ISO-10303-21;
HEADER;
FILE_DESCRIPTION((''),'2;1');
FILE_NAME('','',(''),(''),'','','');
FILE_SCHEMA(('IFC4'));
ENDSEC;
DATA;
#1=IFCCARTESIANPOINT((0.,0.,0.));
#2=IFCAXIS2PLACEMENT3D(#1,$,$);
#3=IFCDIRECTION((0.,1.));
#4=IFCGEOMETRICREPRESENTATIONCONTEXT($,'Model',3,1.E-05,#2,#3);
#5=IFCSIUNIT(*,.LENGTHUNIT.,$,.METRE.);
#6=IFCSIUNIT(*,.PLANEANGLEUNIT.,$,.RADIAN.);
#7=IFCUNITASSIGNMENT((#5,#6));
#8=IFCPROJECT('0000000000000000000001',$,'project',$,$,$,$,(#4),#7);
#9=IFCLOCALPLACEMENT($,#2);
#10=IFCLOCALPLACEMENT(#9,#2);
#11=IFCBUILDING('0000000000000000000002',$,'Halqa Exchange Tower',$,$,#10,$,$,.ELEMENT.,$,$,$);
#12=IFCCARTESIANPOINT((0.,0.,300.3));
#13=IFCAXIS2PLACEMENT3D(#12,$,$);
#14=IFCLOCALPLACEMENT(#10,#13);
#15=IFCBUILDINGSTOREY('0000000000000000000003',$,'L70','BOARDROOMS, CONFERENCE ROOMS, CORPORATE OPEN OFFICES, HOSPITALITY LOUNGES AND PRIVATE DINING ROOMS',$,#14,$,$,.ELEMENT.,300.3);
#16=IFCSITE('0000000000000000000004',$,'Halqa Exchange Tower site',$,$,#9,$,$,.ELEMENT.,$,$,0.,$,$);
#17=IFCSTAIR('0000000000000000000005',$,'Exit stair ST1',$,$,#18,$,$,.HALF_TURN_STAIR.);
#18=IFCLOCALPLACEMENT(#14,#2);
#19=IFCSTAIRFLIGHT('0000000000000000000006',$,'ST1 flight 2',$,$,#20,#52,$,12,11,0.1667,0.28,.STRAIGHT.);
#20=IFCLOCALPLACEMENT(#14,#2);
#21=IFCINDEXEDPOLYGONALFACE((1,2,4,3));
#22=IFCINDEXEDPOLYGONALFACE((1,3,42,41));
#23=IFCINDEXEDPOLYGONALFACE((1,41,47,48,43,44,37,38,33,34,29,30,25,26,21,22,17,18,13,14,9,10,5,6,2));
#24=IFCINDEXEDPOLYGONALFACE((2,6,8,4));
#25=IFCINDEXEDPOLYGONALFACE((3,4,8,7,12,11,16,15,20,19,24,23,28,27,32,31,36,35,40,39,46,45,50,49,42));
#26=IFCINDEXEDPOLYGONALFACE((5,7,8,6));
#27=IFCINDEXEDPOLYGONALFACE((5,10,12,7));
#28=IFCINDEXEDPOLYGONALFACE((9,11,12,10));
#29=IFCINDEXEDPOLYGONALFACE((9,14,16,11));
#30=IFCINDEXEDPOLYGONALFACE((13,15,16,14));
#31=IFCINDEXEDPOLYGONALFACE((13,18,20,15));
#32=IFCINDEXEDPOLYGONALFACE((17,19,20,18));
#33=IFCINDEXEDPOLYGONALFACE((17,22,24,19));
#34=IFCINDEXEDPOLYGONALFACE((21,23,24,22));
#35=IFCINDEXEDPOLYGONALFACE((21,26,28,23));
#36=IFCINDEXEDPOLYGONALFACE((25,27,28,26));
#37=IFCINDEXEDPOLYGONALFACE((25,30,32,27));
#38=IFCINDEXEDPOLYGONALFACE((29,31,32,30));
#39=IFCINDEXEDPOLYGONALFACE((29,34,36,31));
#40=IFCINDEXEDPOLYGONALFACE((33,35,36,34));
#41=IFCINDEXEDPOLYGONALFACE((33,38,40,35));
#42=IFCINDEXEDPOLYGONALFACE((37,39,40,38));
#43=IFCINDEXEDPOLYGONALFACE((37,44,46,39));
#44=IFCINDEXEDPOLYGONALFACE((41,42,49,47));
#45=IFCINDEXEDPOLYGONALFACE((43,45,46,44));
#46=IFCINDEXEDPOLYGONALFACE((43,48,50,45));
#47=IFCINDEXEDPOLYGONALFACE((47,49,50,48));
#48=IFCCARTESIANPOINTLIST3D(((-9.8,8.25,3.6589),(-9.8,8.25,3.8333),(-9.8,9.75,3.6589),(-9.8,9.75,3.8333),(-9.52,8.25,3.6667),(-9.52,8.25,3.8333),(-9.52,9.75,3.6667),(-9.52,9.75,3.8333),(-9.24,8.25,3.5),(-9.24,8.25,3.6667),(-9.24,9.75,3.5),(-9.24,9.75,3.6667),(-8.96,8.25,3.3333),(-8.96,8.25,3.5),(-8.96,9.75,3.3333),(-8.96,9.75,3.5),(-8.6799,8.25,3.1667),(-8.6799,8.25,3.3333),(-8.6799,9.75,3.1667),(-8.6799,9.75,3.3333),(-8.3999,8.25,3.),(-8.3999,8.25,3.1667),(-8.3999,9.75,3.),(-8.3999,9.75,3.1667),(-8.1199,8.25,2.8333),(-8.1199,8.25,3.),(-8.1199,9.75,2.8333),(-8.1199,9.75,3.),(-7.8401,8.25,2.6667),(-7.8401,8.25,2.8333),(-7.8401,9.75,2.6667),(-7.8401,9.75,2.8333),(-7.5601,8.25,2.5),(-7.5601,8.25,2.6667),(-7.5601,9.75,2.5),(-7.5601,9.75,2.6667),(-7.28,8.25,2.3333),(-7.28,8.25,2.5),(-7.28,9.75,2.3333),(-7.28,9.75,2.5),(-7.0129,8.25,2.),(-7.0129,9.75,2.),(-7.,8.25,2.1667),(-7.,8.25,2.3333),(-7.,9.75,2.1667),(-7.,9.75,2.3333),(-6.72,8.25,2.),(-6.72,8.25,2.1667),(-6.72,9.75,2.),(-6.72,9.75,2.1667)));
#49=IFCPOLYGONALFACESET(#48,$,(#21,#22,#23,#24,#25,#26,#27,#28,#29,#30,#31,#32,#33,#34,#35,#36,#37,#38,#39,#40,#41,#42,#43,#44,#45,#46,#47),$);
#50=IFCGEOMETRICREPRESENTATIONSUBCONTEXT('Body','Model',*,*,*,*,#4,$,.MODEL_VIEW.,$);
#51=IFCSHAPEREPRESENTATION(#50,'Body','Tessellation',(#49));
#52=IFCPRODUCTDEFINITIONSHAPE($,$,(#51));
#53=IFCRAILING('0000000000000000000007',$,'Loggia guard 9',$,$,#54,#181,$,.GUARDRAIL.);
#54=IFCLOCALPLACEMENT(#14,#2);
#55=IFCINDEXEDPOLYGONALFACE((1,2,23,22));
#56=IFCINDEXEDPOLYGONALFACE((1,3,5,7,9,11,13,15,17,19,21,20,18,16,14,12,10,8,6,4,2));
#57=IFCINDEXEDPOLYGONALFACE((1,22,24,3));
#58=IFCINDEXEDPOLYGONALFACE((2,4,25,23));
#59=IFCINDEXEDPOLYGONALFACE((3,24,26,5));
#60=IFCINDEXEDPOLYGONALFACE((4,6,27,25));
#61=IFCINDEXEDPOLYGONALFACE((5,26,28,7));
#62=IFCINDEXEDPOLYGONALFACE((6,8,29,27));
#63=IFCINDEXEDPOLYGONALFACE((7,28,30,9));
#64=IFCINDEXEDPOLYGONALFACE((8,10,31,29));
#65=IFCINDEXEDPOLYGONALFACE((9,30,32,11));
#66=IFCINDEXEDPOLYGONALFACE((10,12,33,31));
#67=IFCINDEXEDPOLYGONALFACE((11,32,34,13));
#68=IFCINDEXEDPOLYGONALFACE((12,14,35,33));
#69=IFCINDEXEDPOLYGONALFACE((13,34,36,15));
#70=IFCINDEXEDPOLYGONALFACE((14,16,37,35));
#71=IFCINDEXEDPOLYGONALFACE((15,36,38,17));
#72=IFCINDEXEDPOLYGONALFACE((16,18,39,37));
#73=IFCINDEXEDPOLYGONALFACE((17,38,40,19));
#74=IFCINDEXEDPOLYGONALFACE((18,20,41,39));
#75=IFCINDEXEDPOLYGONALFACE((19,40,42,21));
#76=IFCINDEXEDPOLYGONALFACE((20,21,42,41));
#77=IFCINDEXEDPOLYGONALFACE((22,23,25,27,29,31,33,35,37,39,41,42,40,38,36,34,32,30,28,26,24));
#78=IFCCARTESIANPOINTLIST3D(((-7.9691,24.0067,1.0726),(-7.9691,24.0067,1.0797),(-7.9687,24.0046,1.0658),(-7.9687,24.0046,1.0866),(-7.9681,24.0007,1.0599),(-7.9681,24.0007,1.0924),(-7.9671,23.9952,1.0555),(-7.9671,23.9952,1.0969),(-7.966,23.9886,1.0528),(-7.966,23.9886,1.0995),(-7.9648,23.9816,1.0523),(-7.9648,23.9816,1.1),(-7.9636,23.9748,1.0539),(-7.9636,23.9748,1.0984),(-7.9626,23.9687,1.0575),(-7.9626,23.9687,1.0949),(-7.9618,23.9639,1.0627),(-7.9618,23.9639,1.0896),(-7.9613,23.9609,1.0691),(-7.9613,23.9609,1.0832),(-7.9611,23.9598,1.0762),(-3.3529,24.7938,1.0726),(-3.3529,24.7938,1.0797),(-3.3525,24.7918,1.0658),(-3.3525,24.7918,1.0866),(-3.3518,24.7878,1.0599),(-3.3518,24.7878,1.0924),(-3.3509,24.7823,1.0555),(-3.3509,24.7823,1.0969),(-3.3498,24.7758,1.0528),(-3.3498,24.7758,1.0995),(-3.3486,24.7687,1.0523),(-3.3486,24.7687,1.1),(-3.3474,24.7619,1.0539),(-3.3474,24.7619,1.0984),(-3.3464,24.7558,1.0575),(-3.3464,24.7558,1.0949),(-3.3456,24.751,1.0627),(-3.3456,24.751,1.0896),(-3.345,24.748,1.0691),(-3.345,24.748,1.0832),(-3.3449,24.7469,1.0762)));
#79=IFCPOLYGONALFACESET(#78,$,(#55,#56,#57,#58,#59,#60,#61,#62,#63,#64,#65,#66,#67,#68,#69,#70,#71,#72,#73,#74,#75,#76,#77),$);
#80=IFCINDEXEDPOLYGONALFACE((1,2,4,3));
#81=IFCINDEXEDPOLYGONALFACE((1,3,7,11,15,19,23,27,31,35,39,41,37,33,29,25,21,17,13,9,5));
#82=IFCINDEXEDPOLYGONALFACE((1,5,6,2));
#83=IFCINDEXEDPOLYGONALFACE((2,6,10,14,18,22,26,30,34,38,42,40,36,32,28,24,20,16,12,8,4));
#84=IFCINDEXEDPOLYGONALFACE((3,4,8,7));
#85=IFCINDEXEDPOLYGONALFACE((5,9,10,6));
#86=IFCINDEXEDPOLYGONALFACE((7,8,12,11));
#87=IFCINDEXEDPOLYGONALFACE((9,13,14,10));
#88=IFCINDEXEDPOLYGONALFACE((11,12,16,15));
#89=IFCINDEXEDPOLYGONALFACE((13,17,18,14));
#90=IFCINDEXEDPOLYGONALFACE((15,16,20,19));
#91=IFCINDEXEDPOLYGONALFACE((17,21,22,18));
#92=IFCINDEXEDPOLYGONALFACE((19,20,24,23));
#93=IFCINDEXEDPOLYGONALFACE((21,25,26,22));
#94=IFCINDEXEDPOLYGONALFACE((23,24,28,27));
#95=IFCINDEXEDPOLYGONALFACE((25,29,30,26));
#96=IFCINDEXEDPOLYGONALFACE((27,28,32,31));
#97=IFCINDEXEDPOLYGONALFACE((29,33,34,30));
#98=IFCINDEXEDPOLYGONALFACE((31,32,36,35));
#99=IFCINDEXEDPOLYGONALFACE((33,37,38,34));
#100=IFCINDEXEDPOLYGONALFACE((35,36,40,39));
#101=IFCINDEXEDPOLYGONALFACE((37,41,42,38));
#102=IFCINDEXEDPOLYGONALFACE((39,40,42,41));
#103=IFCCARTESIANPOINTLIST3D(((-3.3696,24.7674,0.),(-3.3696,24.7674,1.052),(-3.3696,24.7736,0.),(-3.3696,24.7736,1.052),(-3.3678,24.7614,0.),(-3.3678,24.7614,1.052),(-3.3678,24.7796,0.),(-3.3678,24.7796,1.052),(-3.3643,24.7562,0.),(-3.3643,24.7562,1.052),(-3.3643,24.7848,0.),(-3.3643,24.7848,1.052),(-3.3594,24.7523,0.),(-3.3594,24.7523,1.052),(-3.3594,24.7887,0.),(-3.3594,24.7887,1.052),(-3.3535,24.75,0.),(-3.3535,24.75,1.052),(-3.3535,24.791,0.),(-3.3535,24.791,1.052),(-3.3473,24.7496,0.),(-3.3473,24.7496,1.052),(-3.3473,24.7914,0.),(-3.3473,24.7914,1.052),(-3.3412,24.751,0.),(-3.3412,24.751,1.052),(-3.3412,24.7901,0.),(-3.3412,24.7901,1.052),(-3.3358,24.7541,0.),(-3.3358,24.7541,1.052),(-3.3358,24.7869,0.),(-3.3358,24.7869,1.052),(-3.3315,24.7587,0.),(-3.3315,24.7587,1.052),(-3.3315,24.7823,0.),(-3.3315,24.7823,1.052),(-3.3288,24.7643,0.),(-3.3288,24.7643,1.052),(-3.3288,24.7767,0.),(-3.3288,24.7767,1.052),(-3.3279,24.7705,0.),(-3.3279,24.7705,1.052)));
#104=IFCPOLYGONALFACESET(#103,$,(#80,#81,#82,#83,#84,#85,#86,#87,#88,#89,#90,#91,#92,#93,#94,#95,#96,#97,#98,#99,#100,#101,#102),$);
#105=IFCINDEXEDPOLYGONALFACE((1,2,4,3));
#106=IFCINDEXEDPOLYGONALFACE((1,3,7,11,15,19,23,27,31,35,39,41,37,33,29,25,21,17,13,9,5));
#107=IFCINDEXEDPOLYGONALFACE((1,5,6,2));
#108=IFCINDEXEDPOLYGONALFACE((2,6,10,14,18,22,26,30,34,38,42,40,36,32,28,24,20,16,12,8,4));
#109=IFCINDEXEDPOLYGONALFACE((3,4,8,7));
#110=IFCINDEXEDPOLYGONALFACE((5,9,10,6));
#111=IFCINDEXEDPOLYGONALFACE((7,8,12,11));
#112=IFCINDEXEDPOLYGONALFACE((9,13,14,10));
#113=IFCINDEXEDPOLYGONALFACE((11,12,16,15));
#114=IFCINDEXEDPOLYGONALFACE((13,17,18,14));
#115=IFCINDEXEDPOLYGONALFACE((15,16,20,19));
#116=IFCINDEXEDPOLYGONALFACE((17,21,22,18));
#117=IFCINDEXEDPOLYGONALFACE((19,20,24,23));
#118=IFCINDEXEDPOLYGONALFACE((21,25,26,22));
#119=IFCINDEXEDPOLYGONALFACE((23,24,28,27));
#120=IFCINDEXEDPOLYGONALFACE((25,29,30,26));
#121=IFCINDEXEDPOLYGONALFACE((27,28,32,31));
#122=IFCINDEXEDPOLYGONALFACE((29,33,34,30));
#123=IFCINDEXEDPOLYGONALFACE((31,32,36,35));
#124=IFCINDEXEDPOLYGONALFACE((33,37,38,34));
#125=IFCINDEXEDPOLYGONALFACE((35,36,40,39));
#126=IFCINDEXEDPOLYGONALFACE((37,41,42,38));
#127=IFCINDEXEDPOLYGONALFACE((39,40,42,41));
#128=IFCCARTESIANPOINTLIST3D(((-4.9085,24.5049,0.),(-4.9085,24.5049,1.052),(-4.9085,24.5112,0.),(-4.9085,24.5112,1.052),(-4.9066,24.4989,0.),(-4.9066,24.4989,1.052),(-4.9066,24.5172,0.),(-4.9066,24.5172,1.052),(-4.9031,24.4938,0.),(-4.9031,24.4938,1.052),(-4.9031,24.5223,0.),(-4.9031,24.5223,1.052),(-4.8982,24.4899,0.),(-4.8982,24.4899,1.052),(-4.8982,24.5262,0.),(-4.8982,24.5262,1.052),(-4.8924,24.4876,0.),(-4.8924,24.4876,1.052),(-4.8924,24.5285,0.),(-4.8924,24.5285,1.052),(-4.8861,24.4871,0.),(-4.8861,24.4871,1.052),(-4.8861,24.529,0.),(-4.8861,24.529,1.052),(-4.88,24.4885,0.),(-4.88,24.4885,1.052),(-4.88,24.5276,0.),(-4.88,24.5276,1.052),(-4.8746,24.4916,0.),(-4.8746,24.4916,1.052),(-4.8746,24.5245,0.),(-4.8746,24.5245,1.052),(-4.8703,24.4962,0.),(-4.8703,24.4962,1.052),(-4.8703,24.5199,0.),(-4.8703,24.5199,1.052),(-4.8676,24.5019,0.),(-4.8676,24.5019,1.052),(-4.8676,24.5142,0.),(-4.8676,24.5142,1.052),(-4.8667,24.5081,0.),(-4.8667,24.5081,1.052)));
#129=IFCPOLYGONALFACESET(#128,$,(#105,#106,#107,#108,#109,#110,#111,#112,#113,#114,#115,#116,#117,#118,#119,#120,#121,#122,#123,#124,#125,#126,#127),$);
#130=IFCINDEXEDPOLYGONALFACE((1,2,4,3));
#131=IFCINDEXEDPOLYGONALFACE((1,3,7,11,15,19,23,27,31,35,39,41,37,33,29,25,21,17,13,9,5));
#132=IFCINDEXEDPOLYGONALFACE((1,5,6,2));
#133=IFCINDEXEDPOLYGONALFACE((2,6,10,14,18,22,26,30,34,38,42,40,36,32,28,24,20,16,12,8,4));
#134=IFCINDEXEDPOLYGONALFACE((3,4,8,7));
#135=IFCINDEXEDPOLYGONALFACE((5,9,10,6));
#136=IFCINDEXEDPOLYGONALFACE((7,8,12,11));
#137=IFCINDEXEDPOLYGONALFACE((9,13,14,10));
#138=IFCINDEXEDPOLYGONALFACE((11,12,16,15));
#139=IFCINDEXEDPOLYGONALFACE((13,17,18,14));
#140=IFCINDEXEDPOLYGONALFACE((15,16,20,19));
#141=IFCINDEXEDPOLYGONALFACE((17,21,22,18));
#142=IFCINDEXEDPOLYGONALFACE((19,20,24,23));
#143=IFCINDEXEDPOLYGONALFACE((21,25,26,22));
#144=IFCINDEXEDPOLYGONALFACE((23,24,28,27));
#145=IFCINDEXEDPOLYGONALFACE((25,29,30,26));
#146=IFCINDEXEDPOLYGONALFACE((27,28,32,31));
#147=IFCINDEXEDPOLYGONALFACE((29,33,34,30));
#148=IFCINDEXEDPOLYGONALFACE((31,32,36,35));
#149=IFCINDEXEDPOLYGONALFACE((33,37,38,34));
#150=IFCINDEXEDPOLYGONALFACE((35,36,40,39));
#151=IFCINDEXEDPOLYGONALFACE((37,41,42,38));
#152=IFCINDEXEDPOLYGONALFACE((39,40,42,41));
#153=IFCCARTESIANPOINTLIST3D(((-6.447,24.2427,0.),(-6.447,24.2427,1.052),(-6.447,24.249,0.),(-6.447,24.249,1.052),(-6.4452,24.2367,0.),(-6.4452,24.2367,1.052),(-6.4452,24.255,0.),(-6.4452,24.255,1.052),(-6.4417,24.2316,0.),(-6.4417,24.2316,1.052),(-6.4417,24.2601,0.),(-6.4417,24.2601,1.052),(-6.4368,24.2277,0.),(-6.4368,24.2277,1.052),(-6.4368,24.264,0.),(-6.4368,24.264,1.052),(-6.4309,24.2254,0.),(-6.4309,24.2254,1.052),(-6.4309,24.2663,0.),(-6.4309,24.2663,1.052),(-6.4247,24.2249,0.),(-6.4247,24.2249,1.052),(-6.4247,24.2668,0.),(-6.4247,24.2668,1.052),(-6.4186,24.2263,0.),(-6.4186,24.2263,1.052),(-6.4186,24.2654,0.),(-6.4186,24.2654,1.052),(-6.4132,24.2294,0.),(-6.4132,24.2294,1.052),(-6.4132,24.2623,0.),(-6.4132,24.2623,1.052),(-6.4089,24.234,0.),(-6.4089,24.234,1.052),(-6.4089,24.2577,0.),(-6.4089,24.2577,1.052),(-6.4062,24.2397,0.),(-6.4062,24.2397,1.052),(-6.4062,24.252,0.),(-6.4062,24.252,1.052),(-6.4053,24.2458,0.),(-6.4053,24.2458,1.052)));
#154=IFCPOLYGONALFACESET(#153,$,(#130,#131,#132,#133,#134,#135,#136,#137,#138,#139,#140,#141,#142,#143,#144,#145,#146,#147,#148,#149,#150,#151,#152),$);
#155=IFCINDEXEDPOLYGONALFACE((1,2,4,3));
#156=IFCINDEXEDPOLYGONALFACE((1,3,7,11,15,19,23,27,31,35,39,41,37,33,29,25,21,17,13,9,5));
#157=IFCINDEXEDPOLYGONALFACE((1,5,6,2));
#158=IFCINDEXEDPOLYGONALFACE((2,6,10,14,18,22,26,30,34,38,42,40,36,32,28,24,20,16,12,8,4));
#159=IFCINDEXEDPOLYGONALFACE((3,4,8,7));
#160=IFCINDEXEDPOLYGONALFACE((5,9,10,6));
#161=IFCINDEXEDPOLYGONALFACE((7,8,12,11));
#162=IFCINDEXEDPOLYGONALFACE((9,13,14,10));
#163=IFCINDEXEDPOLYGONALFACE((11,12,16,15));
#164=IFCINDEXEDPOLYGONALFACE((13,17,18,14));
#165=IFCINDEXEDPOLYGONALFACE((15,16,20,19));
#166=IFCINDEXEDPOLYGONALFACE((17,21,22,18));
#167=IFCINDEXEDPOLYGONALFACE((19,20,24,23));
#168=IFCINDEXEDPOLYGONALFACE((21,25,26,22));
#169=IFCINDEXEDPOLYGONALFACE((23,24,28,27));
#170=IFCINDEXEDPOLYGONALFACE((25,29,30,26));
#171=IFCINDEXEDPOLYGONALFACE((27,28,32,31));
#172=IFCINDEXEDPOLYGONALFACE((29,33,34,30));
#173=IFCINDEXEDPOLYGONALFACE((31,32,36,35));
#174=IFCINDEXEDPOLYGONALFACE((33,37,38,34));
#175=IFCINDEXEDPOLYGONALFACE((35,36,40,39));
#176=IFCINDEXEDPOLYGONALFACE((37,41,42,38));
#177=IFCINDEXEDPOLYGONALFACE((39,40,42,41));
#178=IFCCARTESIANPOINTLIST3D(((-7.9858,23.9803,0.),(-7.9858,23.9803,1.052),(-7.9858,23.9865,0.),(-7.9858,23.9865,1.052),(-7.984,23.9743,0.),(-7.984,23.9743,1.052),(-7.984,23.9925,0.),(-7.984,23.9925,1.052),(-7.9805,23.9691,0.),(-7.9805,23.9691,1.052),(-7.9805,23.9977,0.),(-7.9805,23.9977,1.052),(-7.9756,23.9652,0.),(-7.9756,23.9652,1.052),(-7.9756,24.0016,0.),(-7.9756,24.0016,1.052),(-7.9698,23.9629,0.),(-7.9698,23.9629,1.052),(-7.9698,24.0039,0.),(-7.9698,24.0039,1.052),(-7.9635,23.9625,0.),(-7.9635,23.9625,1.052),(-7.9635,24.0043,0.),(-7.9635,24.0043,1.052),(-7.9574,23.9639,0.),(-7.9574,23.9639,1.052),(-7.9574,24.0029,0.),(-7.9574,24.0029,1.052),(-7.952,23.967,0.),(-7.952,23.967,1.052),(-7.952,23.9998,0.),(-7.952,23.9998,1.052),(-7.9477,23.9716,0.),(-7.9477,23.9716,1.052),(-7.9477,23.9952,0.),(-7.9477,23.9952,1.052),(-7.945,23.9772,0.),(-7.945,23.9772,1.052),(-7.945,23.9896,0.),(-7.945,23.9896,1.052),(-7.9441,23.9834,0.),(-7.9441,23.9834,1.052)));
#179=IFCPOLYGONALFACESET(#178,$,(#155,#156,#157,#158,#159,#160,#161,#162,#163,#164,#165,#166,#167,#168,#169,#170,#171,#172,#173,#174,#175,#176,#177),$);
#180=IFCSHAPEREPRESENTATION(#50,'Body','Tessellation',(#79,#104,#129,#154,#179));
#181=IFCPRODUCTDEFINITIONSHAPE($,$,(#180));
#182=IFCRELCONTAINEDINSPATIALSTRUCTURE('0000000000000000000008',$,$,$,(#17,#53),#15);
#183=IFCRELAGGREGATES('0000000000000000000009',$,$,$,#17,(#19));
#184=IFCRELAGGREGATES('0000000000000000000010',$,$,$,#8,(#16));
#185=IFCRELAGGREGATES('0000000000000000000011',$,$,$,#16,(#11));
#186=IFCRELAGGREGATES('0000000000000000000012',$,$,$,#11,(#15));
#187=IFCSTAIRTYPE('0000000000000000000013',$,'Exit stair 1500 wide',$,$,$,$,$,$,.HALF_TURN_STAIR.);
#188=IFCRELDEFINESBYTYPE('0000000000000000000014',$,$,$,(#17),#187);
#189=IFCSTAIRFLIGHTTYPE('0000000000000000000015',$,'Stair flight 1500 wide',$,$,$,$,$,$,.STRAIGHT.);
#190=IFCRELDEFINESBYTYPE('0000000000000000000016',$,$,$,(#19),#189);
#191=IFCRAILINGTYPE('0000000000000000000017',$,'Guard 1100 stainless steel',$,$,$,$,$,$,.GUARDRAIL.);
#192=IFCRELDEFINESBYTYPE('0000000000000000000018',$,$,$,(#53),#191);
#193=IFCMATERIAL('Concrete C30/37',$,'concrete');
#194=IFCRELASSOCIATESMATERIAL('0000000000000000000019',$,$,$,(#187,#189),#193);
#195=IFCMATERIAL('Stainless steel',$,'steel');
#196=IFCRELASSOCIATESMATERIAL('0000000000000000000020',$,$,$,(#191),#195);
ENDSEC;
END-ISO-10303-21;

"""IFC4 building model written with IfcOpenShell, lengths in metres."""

from ifc_helpers import new_model, si_unit, direction, frame, origin, origin_2d, place, context, subcontext, project, spatial, polyline, circle, outline, extrude, material, type_object, element, aggregate, save


model = new_model("IFC4")

# Units and contexts
model_context = context("Model", 3, precision=1e-05, world=origin(), true_north=direction((0.0, 1.0)))
body_context = subcontext(model_context, "Body", "Model", "MODEL_VIEW")
ifc_project = project(units=[si_unit("LENGTHUNIT", "METRE"), si_unit("PLANEANGLEUNIT", "RADIAN")], contexts=[model_context])

# Site, building, storey
site_placement = place(None, origin())
site = spatial("IfcSite", under=ifc_project, at=site_placement, Name="Halqa Exchange Tower site", CompositionType="ELEMENT", RefElevation=0.0)
building_placement = place(site_placement, origin())
building = spatial("IfcBuilding", under=site, at=building_placement, Name="Halqa Exchange Tower", CompositionType="ELEMENT")
storey_placement = place(building_placement, frame((0.0, 0.0, 300.3)))
storey = spatial("IfcBuildingStorey", under=building, at=storey_placement, Name="L70", Description="BOARDROOMS, CONFERENCE ROOMS, CORPORATE OPEN OFFICES, HOSPITALITY LOUNGES AND PRIVATE DINING ROOMS", CompositionType="ELEMENT", Elevation=300.3)

# Shared definitions
ifc_material_1 = material(Name="Concrete C30/37", Category="concrete")

# Stair, stair flight
stair_type = type_object("IfcStairType", Name="Exit stair 1500 wide", PredefinedType="HALF_TURN_STAIR", material=ifc_material_1)
stair_placement = place(storey_placement, origin())
stair = element("IfcStair", 1, at=stair_placement, inside=storey, type_object=stair_type, Name="Exit stair ST1", PredefinedType="HALF_TURN_STAIR")
stair_flight_type = type_object("IfcStairFlightType", Name="Stair flight 1500 wide", PredefinedType="STRAIGHT", material=ifc_material_1)
stair_flight_placement = place(storey_placement, frame((-6.72, 9.0, 2.0), z_axis=(0.0, 0.0, 1.0), x_axis=(-1.0, 0.0, 0.0)))
stair_flight = element("IfcStairFlight", 2, at=stair_flight_placement, type_object=stair_flight_type, Name="ST1 flight 2", NumberOfRisers=12, NumberOfTreads=11, PredefinedType="STRAIGHT", RiserHeight=0.1667, TreadLength=0.28, context=body_context, shape_type="SweptSolid", body=[
    extrude(outline(polyline([(0.0, 0.0), (0.0, 0.1667), (0.28, 0.1667), (0.28, 0.3333), (0.5601, 0.3333), (0.5601, 0.5), (0.8401, 0.5), (0.8401, 0.6667), (1.1201, 0.6667), (1.1201, 0.8333), (1.3999, 0.8333), (1.3999, 1.0), (1.6799, 1.0), (1.6799, 1.1667), (1.96, 1.1667), (1.96, 1.3333), (2.24, 1.3333), (2.24, 1.5), (2.52, 1.5), (2.52, 1.6667), (2.8, 1.6667), (2.8, 1.8333), (3.0801, 1.8333), (3.0801, 2.0), (3.0801, 1.6589), (0.293, 0.0), (0.0, 0.0)])), frame((0.0, 0.75, 0.0), z_axis=(0.0, -1.0, 0.0), x_axis=(1.0, 0.0, 0.0)), (0.0, 0.0, 1.0), 1.5),
])
aggregate(stair, [stair_flight])

# Railing
ifc_material_2 = material(Name="Stainless steel", Category="steel")
railing_type_1 = type_object("IfcRailingType", Name="Guard 1100 stainless steel", PredefinedType="GUARDRAIL", material=ifc_material_2)
railing_1_placement = place(storey_placement, frame((-3.3489, 24.7705, 0.0)))
element("IfcRailing", 3, at=railing_1_placement, inside=storey, type_object=railing_type_1, Name="Loggia guard 9", PredefinedType="GUARDRAIL", context=body_context, shape_type="SweptSolid", body=[
    extrude(circle(Radius=0.0239, at=origin_2d()), frame((0.0, 0.0, 1.0762), z_axis=(-0.985773, -0.168084, 0.0), x_axis=(0.168084, -0.985773, 0.0)), (0.0, 0.0, 1.0), 4.6829),
    extrude(circle(Radius=0.021, at=origin_2d()), origin(), (0.0, 0.0, 1.0), 1.052),
    extrude(circle(Radius=0.021, at=origin_2d()), frame((-1.5388, -0.2625, 0.0)), (0.0, 0.0, 1.0), 1.052),
    extrude(circle(Radius=0.021, at=origin_2d()), frame((-3.0774, -0.5247, 0.0)), (0.0, 0.0, 1.0), 1.052),
    extrude(circle(Radius=0.021, at=origin_2d()), frame((-4.6162, -0.7871, 0.0)), (0.0, 0.0, 1.0), 1.052),
])

save(model, "model.ifc")
